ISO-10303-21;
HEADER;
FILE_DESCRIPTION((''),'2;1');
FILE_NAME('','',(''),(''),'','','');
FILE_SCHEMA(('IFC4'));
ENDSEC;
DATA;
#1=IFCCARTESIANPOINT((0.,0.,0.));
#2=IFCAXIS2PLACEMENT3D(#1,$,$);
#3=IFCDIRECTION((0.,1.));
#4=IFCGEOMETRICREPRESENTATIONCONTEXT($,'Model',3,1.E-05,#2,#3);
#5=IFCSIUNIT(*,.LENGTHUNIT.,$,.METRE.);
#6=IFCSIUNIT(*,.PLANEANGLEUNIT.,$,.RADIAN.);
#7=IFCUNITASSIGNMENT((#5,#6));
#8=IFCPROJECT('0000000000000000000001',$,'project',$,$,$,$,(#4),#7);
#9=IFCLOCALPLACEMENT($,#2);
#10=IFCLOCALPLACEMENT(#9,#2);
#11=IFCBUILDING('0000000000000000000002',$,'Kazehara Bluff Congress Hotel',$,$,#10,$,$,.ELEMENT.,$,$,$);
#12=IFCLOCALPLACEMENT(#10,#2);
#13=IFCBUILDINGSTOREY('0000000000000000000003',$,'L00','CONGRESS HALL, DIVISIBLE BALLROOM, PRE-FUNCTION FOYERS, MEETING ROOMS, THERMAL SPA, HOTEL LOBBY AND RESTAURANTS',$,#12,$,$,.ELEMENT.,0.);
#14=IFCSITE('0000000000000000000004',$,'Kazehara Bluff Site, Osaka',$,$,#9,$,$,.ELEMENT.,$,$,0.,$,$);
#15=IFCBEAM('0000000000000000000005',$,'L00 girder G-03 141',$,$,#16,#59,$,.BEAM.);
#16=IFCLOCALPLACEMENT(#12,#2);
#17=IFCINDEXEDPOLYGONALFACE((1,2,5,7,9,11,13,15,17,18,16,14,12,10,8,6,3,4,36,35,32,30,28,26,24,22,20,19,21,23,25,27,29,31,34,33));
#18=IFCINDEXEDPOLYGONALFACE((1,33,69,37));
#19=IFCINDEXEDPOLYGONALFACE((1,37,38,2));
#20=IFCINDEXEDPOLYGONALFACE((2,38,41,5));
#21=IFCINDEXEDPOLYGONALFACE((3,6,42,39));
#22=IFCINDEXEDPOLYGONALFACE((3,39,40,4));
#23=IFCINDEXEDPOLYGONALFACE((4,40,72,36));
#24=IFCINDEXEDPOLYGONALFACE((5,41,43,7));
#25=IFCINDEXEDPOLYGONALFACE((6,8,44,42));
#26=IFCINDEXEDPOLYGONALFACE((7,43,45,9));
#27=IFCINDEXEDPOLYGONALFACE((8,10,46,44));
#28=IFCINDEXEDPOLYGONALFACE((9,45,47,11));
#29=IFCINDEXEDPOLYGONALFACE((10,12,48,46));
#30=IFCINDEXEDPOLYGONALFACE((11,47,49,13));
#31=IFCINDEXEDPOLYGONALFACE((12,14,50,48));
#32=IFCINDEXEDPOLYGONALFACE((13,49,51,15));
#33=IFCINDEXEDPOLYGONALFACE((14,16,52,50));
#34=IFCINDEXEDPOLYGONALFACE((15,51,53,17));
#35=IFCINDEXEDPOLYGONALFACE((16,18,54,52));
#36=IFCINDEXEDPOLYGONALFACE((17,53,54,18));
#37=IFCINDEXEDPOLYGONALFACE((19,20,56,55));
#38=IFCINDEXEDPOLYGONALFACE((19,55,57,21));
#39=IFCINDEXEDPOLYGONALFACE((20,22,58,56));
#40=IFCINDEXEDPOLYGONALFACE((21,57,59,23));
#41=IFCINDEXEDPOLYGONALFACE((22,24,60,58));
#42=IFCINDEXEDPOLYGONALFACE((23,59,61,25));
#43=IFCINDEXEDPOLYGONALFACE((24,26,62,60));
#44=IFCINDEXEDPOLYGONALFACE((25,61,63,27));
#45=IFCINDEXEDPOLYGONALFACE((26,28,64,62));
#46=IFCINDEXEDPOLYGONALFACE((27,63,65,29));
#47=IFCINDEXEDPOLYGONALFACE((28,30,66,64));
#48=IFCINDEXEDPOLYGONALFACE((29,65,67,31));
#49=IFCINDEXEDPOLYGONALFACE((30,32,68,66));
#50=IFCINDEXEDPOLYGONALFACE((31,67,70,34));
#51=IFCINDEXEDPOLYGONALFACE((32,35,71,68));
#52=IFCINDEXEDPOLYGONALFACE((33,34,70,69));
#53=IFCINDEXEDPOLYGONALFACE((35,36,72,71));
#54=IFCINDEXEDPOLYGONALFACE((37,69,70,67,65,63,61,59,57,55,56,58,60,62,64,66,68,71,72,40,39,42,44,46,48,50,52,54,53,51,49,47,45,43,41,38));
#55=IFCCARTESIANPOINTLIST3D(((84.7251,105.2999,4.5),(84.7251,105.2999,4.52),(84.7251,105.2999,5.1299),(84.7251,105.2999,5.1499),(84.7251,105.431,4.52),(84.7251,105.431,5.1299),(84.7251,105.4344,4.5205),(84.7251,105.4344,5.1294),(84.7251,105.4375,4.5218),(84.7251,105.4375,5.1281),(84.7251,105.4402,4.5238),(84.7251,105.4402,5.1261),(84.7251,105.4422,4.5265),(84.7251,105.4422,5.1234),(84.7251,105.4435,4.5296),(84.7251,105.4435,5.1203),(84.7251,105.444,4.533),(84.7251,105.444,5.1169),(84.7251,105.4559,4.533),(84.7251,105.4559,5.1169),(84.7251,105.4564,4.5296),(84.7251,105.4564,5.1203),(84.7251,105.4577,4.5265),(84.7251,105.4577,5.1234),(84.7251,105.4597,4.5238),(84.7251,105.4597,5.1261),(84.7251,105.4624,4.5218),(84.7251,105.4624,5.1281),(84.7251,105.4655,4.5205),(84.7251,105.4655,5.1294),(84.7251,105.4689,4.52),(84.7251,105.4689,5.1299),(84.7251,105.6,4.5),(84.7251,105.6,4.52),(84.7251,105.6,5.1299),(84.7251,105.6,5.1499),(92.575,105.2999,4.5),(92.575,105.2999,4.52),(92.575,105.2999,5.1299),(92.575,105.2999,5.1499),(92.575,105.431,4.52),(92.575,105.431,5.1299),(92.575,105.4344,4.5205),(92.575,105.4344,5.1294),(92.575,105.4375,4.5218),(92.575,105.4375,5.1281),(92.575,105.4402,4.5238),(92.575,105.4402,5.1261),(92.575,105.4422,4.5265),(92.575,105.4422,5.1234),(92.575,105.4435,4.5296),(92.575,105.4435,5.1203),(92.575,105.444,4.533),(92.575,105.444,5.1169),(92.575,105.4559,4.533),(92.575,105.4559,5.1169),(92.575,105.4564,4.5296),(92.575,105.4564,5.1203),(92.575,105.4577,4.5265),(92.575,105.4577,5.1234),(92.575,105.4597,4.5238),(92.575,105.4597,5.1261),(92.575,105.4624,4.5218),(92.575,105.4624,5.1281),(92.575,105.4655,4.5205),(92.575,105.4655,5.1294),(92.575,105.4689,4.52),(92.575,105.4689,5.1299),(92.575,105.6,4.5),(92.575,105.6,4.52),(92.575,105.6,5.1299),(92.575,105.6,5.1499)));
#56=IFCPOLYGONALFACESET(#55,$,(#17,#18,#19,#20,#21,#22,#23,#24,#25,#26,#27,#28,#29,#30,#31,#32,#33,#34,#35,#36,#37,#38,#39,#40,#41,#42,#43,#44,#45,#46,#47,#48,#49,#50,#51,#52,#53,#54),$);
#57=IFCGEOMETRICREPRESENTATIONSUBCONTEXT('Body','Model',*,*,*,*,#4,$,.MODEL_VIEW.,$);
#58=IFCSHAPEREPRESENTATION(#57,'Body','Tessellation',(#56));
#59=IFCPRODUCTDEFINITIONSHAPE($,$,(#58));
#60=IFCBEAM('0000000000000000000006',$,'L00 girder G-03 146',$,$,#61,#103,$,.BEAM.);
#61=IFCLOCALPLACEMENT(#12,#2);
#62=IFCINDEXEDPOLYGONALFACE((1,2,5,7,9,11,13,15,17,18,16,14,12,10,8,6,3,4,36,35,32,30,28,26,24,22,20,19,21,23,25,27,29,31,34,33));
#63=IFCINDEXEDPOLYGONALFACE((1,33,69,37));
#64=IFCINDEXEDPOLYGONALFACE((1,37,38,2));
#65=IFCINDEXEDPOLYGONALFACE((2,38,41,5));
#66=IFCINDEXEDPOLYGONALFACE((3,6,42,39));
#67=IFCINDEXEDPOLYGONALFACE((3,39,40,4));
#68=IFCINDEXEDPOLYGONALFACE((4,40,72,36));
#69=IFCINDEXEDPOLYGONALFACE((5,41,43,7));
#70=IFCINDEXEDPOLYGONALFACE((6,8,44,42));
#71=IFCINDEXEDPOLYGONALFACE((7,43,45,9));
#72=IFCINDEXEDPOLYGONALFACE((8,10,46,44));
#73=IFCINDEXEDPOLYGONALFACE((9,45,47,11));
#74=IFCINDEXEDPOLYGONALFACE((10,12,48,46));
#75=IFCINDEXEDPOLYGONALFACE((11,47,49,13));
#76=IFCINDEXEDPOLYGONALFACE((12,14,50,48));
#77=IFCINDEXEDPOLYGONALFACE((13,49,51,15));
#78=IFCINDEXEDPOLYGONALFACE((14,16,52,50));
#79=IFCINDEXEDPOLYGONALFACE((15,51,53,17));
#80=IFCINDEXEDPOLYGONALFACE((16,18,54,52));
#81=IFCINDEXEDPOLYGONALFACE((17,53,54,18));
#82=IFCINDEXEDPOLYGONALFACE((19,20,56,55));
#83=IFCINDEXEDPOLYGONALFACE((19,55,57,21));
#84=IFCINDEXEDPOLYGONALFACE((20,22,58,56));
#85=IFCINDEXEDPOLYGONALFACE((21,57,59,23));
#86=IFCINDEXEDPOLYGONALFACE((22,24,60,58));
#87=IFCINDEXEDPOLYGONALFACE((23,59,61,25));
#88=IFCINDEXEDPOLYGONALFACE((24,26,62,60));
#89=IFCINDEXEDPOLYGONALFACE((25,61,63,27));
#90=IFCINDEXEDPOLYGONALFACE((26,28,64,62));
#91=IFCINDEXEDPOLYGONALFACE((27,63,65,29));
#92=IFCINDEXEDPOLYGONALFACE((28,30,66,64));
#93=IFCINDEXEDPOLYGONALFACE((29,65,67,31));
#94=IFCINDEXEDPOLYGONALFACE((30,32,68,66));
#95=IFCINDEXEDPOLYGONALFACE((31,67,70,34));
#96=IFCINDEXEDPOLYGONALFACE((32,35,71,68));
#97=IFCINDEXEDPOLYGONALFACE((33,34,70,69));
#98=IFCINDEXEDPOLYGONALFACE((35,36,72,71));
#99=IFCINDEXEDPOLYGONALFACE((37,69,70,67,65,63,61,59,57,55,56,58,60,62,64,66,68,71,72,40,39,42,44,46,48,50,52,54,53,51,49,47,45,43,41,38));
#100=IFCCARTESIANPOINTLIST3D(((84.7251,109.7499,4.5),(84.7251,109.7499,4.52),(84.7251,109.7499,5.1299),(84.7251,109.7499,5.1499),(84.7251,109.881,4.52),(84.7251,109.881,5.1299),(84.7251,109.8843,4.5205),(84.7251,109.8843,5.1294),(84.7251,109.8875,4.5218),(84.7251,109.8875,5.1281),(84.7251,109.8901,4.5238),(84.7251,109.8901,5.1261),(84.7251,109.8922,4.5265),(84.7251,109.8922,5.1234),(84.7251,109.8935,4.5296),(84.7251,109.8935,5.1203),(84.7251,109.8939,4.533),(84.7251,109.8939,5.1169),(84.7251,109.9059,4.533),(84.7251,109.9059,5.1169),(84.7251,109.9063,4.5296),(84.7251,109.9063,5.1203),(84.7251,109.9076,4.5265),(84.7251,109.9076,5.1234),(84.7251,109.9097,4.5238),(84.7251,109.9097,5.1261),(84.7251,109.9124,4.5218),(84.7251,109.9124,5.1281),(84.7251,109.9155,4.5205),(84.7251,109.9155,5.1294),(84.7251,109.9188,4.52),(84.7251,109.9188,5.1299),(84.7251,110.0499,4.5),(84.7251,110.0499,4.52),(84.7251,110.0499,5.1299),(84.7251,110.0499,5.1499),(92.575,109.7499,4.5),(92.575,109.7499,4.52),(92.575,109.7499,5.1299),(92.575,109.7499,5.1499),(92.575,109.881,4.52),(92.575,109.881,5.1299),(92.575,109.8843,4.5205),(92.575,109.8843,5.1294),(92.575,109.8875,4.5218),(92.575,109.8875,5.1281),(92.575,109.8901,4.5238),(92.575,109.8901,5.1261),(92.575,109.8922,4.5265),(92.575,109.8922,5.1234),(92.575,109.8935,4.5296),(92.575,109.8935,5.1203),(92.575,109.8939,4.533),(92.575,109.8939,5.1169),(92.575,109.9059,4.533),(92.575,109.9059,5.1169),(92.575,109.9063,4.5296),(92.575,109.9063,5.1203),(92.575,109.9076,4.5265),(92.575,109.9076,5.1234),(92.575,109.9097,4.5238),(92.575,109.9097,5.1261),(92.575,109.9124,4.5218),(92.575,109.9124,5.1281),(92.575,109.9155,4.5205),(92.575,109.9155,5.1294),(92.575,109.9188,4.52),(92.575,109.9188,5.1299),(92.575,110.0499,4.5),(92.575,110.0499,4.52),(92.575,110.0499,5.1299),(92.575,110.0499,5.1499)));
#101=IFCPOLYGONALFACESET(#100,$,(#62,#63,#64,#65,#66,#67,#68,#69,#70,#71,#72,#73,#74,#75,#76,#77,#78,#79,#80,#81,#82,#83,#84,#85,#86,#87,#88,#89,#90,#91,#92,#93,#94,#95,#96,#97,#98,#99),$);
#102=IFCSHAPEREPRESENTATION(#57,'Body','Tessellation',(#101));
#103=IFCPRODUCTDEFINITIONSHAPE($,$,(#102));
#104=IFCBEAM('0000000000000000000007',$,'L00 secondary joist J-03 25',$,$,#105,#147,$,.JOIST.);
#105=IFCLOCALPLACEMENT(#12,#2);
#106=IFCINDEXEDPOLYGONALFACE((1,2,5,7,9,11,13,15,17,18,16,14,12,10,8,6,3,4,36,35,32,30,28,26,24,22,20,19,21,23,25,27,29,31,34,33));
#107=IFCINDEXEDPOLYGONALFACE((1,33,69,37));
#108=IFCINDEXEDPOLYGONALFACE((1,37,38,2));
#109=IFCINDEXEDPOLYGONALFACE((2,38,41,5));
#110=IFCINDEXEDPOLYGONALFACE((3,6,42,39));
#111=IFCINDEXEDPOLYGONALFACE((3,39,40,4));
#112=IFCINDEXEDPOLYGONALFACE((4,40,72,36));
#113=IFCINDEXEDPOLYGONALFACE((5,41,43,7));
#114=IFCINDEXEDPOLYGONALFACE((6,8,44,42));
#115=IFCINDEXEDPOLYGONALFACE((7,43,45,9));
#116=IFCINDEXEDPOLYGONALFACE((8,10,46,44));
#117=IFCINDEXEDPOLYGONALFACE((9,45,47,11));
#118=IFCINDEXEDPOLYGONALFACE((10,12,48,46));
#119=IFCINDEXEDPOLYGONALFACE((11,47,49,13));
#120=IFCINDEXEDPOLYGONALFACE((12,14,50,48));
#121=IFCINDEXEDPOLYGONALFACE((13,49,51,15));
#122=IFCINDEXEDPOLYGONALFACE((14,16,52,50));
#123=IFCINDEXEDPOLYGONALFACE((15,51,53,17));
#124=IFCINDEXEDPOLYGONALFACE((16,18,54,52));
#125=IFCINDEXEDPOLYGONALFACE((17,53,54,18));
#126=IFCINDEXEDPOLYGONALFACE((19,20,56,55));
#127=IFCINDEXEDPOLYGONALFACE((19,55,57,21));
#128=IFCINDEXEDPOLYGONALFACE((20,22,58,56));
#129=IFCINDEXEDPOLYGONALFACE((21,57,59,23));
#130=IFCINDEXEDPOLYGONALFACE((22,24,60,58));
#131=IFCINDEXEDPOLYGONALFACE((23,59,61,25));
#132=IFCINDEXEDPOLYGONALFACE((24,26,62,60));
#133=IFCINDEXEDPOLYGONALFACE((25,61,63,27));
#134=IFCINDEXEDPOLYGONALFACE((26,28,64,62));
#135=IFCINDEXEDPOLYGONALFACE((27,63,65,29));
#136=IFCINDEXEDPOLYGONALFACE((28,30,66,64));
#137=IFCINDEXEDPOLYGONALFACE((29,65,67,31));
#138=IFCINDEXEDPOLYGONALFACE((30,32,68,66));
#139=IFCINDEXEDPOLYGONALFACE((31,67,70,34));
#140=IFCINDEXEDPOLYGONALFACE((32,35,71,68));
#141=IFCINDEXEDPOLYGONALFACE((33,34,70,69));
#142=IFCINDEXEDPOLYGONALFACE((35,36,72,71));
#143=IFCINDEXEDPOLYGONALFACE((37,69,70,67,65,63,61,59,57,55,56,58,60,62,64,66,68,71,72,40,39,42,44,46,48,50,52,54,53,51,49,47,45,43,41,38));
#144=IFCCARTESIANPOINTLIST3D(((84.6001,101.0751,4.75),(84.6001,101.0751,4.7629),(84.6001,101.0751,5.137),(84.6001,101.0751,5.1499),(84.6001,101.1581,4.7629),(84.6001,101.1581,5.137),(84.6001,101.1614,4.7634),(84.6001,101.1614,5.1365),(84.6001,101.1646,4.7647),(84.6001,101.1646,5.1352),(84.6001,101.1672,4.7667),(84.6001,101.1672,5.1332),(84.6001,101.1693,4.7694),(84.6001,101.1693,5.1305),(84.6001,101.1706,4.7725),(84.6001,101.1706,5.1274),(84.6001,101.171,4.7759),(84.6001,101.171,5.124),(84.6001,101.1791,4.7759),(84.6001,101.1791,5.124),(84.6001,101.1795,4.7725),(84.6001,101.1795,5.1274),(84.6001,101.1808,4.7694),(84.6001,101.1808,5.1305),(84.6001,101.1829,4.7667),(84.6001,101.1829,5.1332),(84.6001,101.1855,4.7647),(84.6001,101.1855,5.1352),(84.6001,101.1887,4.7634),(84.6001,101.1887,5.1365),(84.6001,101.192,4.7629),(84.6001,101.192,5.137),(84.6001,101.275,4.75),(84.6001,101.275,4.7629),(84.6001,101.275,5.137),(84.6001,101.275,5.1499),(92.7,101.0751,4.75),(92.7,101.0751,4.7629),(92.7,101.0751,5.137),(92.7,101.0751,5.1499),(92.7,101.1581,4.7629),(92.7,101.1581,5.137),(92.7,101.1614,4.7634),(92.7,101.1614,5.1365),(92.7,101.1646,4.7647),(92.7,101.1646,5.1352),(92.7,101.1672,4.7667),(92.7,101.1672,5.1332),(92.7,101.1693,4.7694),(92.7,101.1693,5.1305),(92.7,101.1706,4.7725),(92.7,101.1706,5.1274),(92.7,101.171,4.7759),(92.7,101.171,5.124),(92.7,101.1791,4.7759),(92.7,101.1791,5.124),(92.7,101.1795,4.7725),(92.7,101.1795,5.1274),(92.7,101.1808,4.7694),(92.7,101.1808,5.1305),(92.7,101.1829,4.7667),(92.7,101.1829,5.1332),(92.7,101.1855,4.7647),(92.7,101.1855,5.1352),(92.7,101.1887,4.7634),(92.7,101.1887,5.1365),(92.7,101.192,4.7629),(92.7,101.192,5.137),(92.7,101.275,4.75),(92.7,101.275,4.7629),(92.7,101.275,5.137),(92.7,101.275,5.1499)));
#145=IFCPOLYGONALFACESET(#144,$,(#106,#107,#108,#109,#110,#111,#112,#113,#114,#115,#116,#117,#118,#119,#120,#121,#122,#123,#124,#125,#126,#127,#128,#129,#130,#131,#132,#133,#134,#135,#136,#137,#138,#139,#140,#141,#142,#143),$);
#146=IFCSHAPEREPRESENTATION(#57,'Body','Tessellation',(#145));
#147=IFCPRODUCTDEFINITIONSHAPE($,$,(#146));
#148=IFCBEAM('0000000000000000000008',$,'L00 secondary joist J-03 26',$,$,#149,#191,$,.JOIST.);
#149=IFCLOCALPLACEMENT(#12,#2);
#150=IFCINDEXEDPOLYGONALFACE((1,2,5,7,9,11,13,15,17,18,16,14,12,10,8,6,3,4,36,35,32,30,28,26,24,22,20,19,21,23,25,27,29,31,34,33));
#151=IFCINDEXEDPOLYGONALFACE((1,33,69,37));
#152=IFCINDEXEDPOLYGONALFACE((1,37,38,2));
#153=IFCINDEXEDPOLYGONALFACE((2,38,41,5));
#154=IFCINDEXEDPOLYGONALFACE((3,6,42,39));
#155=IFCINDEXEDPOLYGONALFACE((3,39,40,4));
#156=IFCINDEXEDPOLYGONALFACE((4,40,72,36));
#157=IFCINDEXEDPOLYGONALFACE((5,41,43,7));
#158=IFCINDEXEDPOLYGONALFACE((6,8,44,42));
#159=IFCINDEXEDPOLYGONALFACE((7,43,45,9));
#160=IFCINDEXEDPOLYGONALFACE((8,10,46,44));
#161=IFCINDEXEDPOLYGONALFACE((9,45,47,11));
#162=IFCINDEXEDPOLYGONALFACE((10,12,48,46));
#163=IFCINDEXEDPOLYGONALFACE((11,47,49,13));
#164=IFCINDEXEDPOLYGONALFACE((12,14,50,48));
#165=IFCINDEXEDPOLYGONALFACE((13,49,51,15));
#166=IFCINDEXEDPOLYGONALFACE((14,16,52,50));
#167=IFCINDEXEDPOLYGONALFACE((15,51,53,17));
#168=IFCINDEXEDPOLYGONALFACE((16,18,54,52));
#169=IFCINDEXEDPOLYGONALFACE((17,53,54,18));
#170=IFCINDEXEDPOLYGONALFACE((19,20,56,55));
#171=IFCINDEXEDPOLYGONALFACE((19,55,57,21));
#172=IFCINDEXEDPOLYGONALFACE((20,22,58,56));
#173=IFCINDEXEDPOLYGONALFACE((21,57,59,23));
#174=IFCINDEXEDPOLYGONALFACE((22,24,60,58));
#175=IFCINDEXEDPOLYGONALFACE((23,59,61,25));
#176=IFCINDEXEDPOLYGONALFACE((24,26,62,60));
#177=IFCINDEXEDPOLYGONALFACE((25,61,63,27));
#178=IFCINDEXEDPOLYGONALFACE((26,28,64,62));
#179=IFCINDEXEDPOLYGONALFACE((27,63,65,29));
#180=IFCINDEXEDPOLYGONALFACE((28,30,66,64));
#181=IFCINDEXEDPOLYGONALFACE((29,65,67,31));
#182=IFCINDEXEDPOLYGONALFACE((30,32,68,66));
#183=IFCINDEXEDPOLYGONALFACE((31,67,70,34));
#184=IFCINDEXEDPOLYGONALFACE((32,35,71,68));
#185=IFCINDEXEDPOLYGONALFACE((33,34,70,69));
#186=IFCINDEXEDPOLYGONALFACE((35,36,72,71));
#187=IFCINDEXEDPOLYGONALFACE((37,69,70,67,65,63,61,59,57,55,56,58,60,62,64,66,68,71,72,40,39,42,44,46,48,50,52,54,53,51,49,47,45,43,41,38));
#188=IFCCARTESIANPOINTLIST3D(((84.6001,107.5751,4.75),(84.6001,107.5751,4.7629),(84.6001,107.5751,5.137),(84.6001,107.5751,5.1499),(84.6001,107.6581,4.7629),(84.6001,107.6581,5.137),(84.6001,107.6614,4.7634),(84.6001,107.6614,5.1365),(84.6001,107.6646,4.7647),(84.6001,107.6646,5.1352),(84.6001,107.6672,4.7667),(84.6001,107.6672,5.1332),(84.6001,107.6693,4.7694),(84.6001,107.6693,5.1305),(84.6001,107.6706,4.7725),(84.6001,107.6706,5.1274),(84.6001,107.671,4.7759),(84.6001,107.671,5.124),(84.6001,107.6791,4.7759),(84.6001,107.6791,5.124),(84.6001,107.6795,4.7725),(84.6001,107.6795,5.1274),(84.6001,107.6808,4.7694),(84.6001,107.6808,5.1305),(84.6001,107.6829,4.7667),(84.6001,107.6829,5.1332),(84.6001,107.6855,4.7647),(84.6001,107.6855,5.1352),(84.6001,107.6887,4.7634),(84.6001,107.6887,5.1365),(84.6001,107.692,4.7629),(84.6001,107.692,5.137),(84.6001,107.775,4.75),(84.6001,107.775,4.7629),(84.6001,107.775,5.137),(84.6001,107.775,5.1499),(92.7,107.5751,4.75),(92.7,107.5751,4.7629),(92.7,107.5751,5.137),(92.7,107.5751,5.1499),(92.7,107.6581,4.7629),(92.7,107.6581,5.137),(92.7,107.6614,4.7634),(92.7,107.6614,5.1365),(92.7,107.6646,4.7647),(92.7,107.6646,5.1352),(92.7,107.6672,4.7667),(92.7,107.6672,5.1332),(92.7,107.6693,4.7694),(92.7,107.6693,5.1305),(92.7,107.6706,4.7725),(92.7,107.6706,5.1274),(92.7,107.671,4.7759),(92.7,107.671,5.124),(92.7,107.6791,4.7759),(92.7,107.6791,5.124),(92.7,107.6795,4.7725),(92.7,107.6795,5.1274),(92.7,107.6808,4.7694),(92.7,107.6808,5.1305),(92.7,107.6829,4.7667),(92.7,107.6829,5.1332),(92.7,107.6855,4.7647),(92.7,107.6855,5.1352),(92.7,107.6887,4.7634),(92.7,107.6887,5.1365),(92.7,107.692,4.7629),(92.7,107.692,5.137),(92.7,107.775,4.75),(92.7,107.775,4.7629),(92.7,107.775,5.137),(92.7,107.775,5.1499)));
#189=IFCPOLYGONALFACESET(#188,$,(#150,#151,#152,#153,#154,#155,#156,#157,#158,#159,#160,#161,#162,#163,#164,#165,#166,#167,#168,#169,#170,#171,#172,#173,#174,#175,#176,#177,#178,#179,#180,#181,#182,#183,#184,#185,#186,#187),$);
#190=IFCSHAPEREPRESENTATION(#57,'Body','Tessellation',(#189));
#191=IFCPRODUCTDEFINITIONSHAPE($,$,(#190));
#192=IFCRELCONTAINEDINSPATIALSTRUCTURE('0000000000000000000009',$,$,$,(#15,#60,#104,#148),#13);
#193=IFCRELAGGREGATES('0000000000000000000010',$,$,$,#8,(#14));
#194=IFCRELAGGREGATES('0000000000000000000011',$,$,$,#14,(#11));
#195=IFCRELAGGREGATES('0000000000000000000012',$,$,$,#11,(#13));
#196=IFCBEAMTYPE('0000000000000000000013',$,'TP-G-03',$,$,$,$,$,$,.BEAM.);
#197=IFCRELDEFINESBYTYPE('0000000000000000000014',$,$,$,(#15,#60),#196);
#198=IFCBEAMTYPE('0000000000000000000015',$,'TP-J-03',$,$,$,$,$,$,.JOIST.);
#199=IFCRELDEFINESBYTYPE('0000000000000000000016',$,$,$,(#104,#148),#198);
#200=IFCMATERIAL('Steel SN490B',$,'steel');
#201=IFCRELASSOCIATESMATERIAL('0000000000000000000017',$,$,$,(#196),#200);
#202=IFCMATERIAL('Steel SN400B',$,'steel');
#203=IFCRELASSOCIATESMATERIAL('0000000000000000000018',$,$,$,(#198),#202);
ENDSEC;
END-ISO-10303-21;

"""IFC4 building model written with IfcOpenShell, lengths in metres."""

from ifc_helpers import new_model, si_unit, direction, frame, origin, origin_2d, place, context, subcontext, project, spatial, i_section, extrude, material, material_profile, profile_set, type_object, element, save


model = new_model("IFC4")

# Units and contexts
model_context = context("Model", 3, precision=1e-05, world=origin(), true_north=direction((0.0, 1.0)))
body_context = subcontext(model_context, "Body", "Model", "MODEL_VIEW")
ifc_project = project(units=[si_unit("LENGTHUNIT", "METRE"), si_unit("PLANEANGLEUNIT", "RADIAN")], contexts=[model_context])

# Site, building, storey
site_placement = place(None, origin())
site = spatial("IfcSite", under=ifc_project, at=site_placement, Name="Kazehara Bluff Site, Osaka", CompositionType="ELEMENT", RefElevation=0.0)
building_placement = place(site_placement, origin())
building = spatial("IfcBuilding", under=site, at=building_placement, Name="Kazehara Bluff Congress Hotel", CompositionType="ELEMENT")
storey_placement = place(building_placement, origin())
storey = spatial("IfcBuildingStorey", under=building, at=storey_placement, Name="L00", Description="CONGRESS HALL, DIVISIBLE BALLROOM, PRE-FUNCTION FOYERS, MEETING ROOMS, THERMAL SPA, HOTEL LOBBY AND RESTAURANTS", CompositionType="ELEMENT", Elevation=0.0)

# Beams
ifc_material_1 = material(Name="Steel SN490B", Category="steel")
ifc_material_profile_1 = material_profile(ifc_material_1, i_section(OverallWidth=0.3, OverallDepth=0.6499, WebThickness=0.012, FlangeThickness=0.02, FilletRadius=0.0129, at=origin_2d()))
ifc_profile_set_1 = profile_set([ifc_material_profile_1], Name="Steel SN490B")
beam_type_1 = type_object("IfcBeamType", Name="TP-G-03", PredefinedType="BEAM", material=ifc_profile_set_1)
for number, where, z_axis, x_axis, name in (
    (1, (84.7251, 105.45, 4.825), (1.0, 0.0, 0.0), (0.0, 1.0, 0.0), "L00 girder G-03 141"),
    (2, (84.7251, 109.8999, 4.825), (1.0, 0.0, 0.0), (0.0, 1.0, 0.0), "L00 girder G-03 146"),
):
    element("IfcBeam", number, at=place(storey_placement, frame(where, z_axis=z_axis, x_axis=x_axis)), inside=storey, type_object=beam_type_1, Name=name, PredefinedType="BEAM", context=body_context, shape_type="SweptSolid", body=[
        extrude(i_section(OverallWidth=0.3, OverallDepth=0.6499, WebThickness=0.012, FlangeThickness=0.02, FilletRadius=0.0129, at=origin_2d()), origin(), (0.0, 0.0, 1.0), 7.8499),
    ])
ifc_material_2 = material(Name="Steel SN400B", Category="steel")
ifc_material_profile_2 = material_profile(ifc_material_2, i_section(OverallWidth=0.2, OverallDepth=0.3999, WebThickness=0.0081, FlangeThickness=0.0129, FilletRadius=0.0129, at=origin_2d()))
ifc_profile_set_2 = profile_set([ifc_material_profile_2], Name="Steel SN400B")
beam_type_2 = type_object("IfcBeamType", Name="TP-J-03", PredefinedType="JOIST", material=ifc_profile_set_2)
for number, where, z_axis, x_axis, name in (
    (3, (84.6001, 101.175, 4.95), (1.0, 0.0, 0.0), (0.0, 1.0, 0.0), "L00 secondary joist J-03 25"),
    (4, (84.6001, 107.675, 4.95), (1.0, 0.0, 0.0), (0.0, 1.0, 0.0), "L00 secondary joist J-03 26"),
):
    element("IfcBeam", number, at=place(storey_placement, frame(where, z_axis=z_axis, x_axis=x_axis)), inside=storey, type_object=beam_type_2, Name=name, PredefinedType="JOIST", context=body_context, shape_type="SweptSolid", body=[
        extrude(i_section(OverallWidth=0.2, OverallDepth=0.3999, WebThickness=0.0081, FlangeThickness=0.0129, FilletRadius=0.0129, at=origin_2d()), origin(), (0.0, 0.0, 1.0), 8.0999),
    ])

save(model, "model.ifc")
